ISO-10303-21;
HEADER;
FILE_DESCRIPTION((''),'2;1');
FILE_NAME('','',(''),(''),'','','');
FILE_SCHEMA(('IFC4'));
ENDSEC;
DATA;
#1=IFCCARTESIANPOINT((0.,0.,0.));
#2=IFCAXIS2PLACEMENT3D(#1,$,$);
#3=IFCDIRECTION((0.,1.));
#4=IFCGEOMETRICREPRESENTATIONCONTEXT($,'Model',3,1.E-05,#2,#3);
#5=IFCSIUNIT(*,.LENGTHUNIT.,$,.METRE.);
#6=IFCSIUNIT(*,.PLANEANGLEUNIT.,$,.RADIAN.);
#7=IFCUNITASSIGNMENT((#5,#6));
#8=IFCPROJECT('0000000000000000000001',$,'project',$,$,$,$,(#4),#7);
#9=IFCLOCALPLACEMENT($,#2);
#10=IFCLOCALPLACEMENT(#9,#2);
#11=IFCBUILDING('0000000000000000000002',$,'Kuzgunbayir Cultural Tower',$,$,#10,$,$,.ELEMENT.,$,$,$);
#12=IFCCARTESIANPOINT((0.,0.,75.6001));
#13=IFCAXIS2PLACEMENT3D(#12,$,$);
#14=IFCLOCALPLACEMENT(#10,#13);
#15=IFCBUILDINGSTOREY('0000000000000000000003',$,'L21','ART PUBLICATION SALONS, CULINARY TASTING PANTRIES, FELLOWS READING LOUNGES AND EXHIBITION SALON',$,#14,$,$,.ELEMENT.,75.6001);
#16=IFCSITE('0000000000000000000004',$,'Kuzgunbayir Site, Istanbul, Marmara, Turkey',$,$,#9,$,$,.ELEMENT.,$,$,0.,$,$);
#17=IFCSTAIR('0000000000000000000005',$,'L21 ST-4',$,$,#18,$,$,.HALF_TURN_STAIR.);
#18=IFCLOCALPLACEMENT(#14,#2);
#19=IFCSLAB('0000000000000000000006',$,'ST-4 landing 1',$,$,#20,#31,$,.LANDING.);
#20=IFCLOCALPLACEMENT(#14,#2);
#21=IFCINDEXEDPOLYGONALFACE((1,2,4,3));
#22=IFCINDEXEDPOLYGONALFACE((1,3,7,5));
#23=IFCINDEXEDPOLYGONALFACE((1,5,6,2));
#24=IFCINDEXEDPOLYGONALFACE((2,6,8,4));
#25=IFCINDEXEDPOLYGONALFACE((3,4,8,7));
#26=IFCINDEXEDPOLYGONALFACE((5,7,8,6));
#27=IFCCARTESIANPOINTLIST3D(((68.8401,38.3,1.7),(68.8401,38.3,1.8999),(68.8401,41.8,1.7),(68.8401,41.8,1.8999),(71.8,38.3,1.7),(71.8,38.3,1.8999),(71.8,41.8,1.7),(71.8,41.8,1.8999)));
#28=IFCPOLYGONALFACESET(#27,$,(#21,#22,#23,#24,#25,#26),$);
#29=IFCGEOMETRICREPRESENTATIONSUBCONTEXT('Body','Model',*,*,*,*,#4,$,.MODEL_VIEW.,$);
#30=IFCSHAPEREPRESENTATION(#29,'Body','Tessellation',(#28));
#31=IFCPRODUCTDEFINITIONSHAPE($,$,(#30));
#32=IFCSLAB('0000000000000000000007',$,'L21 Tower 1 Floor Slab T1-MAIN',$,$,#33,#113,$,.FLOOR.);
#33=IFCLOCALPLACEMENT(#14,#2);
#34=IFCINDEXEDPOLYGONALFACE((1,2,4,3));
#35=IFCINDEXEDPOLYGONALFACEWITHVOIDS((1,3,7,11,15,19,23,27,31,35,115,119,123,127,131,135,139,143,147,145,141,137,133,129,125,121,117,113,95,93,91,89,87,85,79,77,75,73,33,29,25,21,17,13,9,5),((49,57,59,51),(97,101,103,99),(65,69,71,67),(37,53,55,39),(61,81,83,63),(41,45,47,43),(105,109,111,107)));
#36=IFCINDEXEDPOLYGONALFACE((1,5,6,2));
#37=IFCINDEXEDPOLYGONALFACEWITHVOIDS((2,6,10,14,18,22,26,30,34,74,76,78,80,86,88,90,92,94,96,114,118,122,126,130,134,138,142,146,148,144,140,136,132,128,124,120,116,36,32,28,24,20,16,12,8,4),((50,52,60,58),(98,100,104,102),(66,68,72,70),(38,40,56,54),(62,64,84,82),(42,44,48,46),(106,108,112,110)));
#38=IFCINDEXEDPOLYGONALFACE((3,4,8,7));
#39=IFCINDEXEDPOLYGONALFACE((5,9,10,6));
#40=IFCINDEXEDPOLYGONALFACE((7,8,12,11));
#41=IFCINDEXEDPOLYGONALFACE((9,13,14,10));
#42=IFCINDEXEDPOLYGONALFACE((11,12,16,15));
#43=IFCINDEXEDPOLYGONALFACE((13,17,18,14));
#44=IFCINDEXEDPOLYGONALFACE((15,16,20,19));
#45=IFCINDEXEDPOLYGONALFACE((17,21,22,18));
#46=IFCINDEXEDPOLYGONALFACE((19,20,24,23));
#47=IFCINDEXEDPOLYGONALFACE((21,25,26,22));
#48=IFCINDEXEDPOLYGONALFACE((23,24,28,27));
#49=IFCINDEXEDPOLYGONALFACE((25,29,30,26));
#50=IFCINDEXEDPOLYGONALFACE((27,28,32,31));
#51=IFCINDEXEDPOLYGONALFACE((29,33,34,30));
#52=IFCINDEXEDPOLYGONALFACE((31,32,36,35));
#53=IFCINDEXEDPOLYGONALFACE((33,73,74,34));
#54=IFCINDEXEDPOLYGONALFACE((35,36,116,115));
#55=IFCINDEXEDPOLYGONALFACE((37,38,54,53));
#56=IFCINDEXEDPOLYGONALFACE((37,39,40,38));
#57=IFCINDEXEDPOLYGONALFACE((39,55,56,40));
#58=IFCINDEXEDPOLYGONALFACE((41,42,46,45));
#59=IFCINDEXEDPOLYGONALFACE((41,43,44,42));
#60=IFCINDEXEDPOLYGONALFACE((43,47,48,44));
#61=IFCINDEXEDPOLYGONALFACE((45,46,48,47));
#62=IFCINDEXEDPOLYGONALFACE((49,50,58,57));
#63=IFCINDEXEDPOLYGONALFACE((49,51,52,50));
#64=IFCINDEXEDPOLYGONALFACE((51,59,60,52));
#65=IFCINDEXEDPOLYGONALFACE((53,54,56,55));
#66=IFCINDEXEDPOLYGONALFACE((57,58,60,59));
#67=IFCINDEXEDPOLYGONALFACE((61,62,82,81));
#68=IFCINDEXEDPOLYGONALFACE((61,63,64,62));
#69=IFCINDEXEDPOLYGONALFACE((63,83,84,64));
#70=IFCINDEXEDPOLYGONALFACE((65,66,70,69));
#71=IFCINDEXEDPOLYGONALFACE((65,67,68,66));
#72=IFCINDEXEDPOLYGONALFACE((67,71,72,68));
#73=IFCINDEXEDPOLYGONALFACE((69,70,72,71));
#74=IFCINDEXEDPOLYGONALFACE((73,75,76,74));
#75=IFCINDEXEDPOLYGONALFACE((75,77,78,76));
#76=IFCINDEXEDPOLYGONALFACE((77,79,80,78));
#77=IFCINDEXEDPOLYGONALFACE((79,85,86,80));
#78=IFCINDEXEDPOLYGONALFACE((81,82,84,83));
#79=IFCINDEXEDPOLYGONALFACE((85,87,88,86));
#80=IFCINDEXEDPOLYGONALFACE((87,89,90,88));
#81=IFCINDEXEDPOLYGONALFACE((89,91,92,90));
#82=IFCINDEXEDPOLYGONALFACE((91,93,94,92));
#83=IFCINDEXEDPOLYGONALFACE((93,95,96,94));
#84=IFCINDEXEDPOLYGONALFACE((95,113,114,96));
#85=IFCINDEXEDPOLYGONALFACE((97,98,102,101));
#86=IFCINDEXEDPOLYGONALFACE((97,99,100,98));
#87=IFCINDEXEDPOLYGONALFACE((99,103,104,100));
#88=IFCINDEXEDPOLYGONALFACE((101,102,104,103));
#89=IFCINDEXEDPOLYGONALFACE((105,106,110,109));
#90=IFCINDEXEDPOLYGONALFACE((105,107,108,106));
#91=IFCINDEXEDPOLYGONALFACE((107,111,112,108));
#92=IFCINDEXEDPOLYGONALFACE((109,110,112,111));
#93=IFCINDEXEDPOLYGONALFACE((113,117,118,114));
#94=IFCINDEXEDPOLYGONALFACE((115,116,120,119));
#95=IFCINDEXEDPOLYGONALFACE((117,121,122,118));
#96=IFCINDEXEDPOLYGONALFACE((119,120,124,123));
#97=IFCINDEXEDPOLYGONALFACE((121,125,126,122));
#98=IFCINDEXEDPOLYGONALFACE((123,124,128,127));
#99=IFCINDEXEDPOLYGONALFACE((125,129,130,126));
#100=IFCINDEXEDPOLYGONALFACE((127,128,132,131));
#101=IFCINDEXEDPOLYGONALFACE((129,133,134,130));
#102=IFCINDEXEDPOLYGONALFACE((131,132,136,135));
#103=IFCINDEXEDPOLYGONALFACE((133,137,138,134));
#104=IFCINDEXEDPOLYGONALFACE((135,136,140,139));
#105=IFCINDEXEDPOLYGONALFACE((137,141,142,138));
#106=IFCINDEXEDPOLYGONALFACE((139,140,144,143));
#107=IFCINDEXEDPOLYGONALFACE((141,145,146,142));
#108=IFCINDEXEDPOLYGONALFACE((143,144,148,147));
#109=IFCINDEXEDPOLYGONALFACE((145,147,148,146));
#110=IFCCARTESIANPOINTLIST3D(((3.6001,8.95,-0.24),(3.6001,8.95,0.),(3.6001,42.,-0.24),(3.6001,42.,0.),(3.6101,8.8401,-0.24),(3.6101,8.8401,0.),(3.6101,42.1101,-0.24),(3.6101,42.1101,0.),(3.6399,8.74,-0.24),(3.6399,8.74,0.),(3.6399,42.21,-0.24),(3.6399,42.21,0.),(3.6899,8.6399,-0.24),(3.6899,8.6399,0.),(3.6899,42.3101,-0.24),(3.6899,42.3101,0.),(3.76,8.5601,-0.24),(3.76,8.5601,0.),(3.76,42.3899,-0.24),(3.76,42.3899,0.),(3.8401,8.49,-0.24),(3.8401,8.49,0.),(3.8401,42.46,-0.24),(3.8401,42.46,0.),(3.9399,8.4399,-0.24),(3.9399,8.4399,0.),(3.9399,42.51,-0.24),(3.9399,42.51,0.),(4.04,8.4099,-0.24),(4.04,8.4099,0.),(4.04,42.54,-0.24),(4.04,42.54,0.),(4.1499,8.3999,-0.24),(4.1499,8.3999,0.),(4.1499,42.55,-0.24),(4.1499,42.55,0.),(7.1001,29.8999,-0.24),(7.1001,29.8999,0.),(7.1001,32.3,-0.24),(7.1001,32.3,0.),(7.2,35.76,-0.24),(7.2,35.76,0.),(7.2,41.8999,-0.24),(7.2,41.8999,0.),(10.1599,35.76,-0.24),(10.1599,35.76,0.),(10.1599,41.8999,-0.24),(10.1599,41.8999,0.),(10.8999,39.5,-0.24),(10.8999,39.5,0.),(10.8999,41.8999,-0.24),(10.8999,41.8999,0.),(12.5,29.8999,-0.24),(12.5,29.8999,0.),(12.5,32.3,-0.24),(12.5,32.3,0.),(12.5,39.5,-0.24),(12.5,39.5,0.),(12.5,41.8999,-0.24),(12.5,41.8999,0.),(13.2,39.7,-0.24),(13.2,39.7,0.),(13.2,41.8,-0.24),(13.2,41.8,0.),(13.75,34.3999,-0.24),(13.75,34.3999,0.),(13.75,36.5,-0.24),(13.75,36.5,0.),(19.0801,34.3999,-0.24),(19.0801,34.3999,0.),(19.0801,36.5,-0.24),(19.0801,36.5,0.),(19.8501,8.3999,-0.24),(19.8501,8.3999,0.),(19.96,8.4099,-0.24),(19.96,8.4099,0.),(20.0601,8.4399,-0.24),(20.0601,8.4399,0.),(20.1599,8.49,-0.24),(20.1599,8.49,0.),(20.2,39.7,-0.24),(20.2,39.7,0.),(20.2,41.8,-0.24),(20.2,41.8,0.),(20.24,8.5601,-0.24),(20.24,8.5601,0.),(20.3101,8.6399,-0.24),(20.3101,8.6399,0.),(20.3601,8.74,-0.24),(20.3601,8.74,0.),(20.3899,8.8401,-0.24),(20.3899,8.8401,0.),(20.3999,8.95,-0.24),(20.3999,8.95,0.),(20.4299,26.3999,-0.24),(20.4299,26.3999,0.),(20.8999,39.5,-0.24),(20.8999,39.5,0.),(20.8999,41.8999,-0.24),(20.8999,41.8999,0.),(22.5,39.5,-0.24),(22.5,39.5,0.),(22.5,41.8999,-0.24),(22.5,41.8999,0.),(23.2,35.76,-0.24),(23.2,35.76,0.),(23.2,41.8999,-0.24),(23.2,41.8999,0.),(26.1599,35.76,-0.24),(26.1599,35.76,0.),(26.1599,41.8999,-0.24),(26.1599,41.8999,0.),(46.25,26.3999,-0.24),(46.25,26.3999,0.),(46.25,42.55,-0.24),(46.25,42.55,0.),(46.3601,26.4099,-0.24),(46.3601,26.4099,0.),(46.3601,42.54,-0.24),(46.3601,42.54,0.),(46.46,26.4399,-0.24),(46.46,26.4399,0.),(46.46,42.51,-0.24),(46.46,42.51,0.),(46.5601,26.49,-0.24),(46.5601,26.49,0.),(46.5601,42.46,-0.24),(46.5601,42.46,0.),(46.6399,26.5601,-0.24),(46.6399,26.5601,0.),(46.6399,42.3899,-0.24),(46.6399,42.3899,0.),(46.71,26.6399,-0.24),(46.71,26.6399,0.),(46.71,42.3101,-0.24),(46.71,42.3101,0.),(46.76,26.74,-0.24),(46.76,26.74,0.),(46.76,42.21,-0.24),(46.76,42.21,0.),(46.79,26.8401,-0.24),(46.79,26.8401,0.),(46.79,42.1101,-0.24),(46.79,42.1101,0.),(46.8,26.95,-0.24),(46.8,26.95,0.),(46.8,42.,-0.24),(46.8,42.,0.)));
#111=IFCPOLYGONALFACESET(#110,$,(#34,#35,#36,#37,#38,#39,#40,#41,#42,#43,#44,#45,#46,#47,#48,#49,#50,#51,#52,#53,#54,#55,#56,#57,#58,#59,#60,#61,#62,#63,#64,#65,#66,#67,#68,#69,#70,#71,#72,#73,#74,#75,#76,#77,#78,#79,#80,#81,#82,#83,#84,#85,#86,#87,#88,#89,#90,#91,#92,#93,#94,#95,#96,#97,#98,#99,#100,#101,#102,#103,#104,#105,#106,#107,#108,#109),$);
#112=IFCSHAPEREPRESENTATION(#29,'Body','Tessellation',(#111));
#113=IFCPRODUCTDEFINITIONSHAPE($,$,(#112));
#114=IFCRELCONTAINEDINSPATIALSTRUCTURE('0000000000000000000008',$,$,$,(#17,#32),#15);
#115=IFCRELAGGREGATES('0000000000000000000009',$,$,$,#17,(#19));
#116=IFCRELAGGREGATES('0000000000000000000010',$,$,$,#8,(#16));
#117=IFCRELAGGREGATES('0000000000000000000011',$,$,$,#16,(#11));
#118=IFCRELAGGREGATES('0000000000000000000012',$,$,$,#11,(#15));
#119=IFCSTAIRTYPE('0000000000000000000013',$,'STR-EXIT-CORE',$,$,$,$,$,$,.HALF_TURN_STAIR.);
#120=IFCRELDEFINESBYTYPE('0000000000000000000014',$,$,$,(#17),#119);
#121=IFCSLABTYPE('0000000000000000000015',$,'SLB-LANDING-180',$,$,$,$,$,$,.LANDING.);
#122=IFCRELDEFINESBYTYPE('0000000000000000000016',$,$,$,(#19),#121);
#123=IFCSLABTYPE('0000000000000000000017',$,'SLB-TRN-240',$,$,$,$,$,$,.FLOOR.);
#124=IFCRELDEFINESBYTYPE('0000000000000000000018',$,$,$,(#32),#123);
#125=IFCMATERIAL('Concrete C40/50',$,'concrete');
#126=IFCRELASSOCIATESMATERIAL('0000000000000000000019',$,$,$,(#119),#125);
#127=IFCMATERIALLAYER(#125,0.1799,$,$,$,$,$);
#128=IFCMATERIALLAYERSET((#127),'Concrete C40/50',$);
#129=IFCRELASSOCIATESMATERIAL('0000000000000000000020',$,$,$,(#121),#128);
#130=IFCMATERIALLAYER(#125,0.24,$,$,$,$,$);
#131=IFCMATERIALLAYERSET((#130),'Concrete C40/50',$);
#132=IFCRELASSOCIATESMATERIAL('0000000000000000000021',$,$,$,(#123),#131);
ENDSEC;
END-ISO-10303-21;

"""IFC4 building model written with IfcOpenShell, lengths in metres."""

from ifc_helpers import new_model, si_unit, direction, frame, origin, place, context, subcontext, project, spatial, polyline, outline, extrude, material, layer, layer_set, type_object, element, aggregate, save


model = new_model("IFC4")

# Units and contexts
model_context = context("Model", 3, precision=1e-05, world=origin(), true_north=direction((0.0, 1.0)))
body_context = subcontext(model_context, "Body", "Model", "MODEL_VIEW")
ifc_project = project(units=[si_unit("LENGTHUNIT", "METRE"), si_unit("PLANEANGLEUNIT", "RADIAN")], contexts=[model_context])

# Site, building, storey
site_placement = place(None, origin())
site = spatial("IfcSite", under=ifc_project, at=site_placement, Name="Kuzgunbayir Site, Istanbul, Marmara, Turkey", CompositionType="ELEMENT", RefElevation=0.0)
building_placement = place(site_placement, origin())
building = spatial("IfcBuilding", under=site, at=building_placement, Name="Kuzgunbayir Cultural Tower", CompositionType="ELEMENT")
storey_placement = place(building_placement, frame((0.0, 0.0, 75.6001)))
storey = spatial("IfcBuildingStorey", under=building, at=storey_placement, Name="L21", Description="ART PUBLICATION SALONS, CULINARY TASTING PANTRIES, FELLOWS READING LOUNGES AND EXHIBITION SALON", CompositionType="ELEMENT", Elevation=75.6001)

# Shared definitions
ifc_material_1 = material(Name="Concrete C40/50", Category="concrete")

# Stair, slab
stair_type = type_object("IfcStairType", Name="STR-EXIT-CORE", PredefinedType="HALF_TURN_STAIR", material=ifc_material_1)
ifc_layer_1 = layer(ifc_material_1, 0.1799)
ifc_layer_set_1 = layer_set([ifc_layer_1], Name="Concrete C40/50")
slab_type_1 = type_object("IfcSlabType", Name="SLB-LANDING-180", PredefinedType="LANDING", material=ifc_layer_set_1)
stair_1_placement = place(storey_placement, origin())
stair_1 = element("IfcStair", 1, at=stair_1_placement, inside=storey, type_object=stair_type, Name="L21 ST-4", PredefinedType="HALF_TURN_STAIR")
slab_1_placement = place(storey_placement, frame((0.0, 0.0, 1.7)))
slab_1 = element("IfcSlab", 2, at=slab_1_placement, type_object=slab_type_1, Name="ST-4 landing 1", PredefinedType="LANDING", context=body_context, shape_type="SweptSolid", body=[
    extrude(outline(polyline([(71.8, 38.3), (71.8, 41.8), (68.8401, 41.8), (68.8401, 38.3), (71.8, 38.3)])), origin(), (0.0, 0.0, 1.0), 0.2),
])
aggregate(stair_1, [slab_1])

# Slab
ifc_layer_2 = layer(ifc_material_1, 0.24)
ifc_layer_set_2 = layer_set([ifc_layer_2], Name="Concrete C40/50")
slab_type_2 = type_object("IfcSlabType", Name="SLB-TRN-240", PredefinedType="FLOOR", material=ifc_layer_set_2)
slab_2_placement = place(storey_placement, frame((0.0, 0.0, -0.24)))
element("IfcSlab", 3, at=slab_2_placement, inside=storey, type_object=slab_type_2, Name="L21 Tower 1 Floor Slab T1-MAIN", PredefinedType="FLOOR", context=body_context, shape_type="SweptSolid", body=[
    extrude(outline(polyline([(20.3999, 8.95), (20.3899, 8.8401), (20.3601, 8.74), (20.3101, 8.6399), (20.24, 8.5601), (20.1599, 8.49), (20.0601, 8.4399), (19.96, 8.4099), (19.8501, 8.3999), (4.1499, 8.3999), (4.04, 8.4099), (3.9399, 8.4399), (3.8401, 8.49), (3.76, 8.5601), (3.6899, 8.6399), (3.6399, 8.74), (3.6101, 8.8401), (3.6001, 8.95), (3.6001, 42.0), (3.6101, 42.1101), (3.6399, 42.21), (3.6899, 42.3101), (3.76, 42.3899), (3.8401, 42.46), (3.9399, 42.51), (4.04, 42.54), (4.1499, 42.55), (46.25, 42.55), (46.3601, 42.54), (46.46, 42.51), (46.5601, 42.46), (46.6399, 42.3899), (46.71, 42.3101), (46.76, 42.21), (46.79, 42.1101), (46.8, 42.0), (46.8, 26.95), (46.79, 26.8401), (46.76, 26.74), (46.71, 26.6399), (46.6399, 26.5601), (46.5601, 26.49), (46.46, 26.4399), (46.3601, 26.4099), (46.25, 26.3999), (20.4299, 26.3999), (20.3999, 8.95)]), holes=[polyline([(7.2, 35.76), (7.2, 41.8999), (10.1599, 41.8999), (10.1599, 35.76), (7.2, 35.76)]), polyline([(23.2, 35.76), (23.2, 41.8999), (26.1599, 41.8999), (26.1599, 35.76), (23.2, 35.76)]), polyline([(13.2, 39.7), (13.2, 41.8), (20.2, 41.8), (20.2, 39.7), (13.2, 39.7)]), polyline([(13.75, 34.3999), (13.75, 36.5), (19.0801, 36.5), (19.0801, 34.3999), (13.75, 34.3999)]), polyline([(7.1001, 29.8999), (7.1001, 32.3), (12.5, 32.3), (12.5, 29.8999), (7.1001, 29.8999)]), polyline([(10.8999, 39.5), (10.8999, 41.8999), (12.5, 41.8999), (12.5, 39.5), (10.8999, 39.5)]), polyline([(20.8999, 39.5), (20.8999, 41.8999), (22.5, 41.8999), (22.5, 39.5), (20.8999, 39.5)])]), origin(), (0.0, 0.0, 1.0), 0.24),
])

save(model, "model.ifc")
